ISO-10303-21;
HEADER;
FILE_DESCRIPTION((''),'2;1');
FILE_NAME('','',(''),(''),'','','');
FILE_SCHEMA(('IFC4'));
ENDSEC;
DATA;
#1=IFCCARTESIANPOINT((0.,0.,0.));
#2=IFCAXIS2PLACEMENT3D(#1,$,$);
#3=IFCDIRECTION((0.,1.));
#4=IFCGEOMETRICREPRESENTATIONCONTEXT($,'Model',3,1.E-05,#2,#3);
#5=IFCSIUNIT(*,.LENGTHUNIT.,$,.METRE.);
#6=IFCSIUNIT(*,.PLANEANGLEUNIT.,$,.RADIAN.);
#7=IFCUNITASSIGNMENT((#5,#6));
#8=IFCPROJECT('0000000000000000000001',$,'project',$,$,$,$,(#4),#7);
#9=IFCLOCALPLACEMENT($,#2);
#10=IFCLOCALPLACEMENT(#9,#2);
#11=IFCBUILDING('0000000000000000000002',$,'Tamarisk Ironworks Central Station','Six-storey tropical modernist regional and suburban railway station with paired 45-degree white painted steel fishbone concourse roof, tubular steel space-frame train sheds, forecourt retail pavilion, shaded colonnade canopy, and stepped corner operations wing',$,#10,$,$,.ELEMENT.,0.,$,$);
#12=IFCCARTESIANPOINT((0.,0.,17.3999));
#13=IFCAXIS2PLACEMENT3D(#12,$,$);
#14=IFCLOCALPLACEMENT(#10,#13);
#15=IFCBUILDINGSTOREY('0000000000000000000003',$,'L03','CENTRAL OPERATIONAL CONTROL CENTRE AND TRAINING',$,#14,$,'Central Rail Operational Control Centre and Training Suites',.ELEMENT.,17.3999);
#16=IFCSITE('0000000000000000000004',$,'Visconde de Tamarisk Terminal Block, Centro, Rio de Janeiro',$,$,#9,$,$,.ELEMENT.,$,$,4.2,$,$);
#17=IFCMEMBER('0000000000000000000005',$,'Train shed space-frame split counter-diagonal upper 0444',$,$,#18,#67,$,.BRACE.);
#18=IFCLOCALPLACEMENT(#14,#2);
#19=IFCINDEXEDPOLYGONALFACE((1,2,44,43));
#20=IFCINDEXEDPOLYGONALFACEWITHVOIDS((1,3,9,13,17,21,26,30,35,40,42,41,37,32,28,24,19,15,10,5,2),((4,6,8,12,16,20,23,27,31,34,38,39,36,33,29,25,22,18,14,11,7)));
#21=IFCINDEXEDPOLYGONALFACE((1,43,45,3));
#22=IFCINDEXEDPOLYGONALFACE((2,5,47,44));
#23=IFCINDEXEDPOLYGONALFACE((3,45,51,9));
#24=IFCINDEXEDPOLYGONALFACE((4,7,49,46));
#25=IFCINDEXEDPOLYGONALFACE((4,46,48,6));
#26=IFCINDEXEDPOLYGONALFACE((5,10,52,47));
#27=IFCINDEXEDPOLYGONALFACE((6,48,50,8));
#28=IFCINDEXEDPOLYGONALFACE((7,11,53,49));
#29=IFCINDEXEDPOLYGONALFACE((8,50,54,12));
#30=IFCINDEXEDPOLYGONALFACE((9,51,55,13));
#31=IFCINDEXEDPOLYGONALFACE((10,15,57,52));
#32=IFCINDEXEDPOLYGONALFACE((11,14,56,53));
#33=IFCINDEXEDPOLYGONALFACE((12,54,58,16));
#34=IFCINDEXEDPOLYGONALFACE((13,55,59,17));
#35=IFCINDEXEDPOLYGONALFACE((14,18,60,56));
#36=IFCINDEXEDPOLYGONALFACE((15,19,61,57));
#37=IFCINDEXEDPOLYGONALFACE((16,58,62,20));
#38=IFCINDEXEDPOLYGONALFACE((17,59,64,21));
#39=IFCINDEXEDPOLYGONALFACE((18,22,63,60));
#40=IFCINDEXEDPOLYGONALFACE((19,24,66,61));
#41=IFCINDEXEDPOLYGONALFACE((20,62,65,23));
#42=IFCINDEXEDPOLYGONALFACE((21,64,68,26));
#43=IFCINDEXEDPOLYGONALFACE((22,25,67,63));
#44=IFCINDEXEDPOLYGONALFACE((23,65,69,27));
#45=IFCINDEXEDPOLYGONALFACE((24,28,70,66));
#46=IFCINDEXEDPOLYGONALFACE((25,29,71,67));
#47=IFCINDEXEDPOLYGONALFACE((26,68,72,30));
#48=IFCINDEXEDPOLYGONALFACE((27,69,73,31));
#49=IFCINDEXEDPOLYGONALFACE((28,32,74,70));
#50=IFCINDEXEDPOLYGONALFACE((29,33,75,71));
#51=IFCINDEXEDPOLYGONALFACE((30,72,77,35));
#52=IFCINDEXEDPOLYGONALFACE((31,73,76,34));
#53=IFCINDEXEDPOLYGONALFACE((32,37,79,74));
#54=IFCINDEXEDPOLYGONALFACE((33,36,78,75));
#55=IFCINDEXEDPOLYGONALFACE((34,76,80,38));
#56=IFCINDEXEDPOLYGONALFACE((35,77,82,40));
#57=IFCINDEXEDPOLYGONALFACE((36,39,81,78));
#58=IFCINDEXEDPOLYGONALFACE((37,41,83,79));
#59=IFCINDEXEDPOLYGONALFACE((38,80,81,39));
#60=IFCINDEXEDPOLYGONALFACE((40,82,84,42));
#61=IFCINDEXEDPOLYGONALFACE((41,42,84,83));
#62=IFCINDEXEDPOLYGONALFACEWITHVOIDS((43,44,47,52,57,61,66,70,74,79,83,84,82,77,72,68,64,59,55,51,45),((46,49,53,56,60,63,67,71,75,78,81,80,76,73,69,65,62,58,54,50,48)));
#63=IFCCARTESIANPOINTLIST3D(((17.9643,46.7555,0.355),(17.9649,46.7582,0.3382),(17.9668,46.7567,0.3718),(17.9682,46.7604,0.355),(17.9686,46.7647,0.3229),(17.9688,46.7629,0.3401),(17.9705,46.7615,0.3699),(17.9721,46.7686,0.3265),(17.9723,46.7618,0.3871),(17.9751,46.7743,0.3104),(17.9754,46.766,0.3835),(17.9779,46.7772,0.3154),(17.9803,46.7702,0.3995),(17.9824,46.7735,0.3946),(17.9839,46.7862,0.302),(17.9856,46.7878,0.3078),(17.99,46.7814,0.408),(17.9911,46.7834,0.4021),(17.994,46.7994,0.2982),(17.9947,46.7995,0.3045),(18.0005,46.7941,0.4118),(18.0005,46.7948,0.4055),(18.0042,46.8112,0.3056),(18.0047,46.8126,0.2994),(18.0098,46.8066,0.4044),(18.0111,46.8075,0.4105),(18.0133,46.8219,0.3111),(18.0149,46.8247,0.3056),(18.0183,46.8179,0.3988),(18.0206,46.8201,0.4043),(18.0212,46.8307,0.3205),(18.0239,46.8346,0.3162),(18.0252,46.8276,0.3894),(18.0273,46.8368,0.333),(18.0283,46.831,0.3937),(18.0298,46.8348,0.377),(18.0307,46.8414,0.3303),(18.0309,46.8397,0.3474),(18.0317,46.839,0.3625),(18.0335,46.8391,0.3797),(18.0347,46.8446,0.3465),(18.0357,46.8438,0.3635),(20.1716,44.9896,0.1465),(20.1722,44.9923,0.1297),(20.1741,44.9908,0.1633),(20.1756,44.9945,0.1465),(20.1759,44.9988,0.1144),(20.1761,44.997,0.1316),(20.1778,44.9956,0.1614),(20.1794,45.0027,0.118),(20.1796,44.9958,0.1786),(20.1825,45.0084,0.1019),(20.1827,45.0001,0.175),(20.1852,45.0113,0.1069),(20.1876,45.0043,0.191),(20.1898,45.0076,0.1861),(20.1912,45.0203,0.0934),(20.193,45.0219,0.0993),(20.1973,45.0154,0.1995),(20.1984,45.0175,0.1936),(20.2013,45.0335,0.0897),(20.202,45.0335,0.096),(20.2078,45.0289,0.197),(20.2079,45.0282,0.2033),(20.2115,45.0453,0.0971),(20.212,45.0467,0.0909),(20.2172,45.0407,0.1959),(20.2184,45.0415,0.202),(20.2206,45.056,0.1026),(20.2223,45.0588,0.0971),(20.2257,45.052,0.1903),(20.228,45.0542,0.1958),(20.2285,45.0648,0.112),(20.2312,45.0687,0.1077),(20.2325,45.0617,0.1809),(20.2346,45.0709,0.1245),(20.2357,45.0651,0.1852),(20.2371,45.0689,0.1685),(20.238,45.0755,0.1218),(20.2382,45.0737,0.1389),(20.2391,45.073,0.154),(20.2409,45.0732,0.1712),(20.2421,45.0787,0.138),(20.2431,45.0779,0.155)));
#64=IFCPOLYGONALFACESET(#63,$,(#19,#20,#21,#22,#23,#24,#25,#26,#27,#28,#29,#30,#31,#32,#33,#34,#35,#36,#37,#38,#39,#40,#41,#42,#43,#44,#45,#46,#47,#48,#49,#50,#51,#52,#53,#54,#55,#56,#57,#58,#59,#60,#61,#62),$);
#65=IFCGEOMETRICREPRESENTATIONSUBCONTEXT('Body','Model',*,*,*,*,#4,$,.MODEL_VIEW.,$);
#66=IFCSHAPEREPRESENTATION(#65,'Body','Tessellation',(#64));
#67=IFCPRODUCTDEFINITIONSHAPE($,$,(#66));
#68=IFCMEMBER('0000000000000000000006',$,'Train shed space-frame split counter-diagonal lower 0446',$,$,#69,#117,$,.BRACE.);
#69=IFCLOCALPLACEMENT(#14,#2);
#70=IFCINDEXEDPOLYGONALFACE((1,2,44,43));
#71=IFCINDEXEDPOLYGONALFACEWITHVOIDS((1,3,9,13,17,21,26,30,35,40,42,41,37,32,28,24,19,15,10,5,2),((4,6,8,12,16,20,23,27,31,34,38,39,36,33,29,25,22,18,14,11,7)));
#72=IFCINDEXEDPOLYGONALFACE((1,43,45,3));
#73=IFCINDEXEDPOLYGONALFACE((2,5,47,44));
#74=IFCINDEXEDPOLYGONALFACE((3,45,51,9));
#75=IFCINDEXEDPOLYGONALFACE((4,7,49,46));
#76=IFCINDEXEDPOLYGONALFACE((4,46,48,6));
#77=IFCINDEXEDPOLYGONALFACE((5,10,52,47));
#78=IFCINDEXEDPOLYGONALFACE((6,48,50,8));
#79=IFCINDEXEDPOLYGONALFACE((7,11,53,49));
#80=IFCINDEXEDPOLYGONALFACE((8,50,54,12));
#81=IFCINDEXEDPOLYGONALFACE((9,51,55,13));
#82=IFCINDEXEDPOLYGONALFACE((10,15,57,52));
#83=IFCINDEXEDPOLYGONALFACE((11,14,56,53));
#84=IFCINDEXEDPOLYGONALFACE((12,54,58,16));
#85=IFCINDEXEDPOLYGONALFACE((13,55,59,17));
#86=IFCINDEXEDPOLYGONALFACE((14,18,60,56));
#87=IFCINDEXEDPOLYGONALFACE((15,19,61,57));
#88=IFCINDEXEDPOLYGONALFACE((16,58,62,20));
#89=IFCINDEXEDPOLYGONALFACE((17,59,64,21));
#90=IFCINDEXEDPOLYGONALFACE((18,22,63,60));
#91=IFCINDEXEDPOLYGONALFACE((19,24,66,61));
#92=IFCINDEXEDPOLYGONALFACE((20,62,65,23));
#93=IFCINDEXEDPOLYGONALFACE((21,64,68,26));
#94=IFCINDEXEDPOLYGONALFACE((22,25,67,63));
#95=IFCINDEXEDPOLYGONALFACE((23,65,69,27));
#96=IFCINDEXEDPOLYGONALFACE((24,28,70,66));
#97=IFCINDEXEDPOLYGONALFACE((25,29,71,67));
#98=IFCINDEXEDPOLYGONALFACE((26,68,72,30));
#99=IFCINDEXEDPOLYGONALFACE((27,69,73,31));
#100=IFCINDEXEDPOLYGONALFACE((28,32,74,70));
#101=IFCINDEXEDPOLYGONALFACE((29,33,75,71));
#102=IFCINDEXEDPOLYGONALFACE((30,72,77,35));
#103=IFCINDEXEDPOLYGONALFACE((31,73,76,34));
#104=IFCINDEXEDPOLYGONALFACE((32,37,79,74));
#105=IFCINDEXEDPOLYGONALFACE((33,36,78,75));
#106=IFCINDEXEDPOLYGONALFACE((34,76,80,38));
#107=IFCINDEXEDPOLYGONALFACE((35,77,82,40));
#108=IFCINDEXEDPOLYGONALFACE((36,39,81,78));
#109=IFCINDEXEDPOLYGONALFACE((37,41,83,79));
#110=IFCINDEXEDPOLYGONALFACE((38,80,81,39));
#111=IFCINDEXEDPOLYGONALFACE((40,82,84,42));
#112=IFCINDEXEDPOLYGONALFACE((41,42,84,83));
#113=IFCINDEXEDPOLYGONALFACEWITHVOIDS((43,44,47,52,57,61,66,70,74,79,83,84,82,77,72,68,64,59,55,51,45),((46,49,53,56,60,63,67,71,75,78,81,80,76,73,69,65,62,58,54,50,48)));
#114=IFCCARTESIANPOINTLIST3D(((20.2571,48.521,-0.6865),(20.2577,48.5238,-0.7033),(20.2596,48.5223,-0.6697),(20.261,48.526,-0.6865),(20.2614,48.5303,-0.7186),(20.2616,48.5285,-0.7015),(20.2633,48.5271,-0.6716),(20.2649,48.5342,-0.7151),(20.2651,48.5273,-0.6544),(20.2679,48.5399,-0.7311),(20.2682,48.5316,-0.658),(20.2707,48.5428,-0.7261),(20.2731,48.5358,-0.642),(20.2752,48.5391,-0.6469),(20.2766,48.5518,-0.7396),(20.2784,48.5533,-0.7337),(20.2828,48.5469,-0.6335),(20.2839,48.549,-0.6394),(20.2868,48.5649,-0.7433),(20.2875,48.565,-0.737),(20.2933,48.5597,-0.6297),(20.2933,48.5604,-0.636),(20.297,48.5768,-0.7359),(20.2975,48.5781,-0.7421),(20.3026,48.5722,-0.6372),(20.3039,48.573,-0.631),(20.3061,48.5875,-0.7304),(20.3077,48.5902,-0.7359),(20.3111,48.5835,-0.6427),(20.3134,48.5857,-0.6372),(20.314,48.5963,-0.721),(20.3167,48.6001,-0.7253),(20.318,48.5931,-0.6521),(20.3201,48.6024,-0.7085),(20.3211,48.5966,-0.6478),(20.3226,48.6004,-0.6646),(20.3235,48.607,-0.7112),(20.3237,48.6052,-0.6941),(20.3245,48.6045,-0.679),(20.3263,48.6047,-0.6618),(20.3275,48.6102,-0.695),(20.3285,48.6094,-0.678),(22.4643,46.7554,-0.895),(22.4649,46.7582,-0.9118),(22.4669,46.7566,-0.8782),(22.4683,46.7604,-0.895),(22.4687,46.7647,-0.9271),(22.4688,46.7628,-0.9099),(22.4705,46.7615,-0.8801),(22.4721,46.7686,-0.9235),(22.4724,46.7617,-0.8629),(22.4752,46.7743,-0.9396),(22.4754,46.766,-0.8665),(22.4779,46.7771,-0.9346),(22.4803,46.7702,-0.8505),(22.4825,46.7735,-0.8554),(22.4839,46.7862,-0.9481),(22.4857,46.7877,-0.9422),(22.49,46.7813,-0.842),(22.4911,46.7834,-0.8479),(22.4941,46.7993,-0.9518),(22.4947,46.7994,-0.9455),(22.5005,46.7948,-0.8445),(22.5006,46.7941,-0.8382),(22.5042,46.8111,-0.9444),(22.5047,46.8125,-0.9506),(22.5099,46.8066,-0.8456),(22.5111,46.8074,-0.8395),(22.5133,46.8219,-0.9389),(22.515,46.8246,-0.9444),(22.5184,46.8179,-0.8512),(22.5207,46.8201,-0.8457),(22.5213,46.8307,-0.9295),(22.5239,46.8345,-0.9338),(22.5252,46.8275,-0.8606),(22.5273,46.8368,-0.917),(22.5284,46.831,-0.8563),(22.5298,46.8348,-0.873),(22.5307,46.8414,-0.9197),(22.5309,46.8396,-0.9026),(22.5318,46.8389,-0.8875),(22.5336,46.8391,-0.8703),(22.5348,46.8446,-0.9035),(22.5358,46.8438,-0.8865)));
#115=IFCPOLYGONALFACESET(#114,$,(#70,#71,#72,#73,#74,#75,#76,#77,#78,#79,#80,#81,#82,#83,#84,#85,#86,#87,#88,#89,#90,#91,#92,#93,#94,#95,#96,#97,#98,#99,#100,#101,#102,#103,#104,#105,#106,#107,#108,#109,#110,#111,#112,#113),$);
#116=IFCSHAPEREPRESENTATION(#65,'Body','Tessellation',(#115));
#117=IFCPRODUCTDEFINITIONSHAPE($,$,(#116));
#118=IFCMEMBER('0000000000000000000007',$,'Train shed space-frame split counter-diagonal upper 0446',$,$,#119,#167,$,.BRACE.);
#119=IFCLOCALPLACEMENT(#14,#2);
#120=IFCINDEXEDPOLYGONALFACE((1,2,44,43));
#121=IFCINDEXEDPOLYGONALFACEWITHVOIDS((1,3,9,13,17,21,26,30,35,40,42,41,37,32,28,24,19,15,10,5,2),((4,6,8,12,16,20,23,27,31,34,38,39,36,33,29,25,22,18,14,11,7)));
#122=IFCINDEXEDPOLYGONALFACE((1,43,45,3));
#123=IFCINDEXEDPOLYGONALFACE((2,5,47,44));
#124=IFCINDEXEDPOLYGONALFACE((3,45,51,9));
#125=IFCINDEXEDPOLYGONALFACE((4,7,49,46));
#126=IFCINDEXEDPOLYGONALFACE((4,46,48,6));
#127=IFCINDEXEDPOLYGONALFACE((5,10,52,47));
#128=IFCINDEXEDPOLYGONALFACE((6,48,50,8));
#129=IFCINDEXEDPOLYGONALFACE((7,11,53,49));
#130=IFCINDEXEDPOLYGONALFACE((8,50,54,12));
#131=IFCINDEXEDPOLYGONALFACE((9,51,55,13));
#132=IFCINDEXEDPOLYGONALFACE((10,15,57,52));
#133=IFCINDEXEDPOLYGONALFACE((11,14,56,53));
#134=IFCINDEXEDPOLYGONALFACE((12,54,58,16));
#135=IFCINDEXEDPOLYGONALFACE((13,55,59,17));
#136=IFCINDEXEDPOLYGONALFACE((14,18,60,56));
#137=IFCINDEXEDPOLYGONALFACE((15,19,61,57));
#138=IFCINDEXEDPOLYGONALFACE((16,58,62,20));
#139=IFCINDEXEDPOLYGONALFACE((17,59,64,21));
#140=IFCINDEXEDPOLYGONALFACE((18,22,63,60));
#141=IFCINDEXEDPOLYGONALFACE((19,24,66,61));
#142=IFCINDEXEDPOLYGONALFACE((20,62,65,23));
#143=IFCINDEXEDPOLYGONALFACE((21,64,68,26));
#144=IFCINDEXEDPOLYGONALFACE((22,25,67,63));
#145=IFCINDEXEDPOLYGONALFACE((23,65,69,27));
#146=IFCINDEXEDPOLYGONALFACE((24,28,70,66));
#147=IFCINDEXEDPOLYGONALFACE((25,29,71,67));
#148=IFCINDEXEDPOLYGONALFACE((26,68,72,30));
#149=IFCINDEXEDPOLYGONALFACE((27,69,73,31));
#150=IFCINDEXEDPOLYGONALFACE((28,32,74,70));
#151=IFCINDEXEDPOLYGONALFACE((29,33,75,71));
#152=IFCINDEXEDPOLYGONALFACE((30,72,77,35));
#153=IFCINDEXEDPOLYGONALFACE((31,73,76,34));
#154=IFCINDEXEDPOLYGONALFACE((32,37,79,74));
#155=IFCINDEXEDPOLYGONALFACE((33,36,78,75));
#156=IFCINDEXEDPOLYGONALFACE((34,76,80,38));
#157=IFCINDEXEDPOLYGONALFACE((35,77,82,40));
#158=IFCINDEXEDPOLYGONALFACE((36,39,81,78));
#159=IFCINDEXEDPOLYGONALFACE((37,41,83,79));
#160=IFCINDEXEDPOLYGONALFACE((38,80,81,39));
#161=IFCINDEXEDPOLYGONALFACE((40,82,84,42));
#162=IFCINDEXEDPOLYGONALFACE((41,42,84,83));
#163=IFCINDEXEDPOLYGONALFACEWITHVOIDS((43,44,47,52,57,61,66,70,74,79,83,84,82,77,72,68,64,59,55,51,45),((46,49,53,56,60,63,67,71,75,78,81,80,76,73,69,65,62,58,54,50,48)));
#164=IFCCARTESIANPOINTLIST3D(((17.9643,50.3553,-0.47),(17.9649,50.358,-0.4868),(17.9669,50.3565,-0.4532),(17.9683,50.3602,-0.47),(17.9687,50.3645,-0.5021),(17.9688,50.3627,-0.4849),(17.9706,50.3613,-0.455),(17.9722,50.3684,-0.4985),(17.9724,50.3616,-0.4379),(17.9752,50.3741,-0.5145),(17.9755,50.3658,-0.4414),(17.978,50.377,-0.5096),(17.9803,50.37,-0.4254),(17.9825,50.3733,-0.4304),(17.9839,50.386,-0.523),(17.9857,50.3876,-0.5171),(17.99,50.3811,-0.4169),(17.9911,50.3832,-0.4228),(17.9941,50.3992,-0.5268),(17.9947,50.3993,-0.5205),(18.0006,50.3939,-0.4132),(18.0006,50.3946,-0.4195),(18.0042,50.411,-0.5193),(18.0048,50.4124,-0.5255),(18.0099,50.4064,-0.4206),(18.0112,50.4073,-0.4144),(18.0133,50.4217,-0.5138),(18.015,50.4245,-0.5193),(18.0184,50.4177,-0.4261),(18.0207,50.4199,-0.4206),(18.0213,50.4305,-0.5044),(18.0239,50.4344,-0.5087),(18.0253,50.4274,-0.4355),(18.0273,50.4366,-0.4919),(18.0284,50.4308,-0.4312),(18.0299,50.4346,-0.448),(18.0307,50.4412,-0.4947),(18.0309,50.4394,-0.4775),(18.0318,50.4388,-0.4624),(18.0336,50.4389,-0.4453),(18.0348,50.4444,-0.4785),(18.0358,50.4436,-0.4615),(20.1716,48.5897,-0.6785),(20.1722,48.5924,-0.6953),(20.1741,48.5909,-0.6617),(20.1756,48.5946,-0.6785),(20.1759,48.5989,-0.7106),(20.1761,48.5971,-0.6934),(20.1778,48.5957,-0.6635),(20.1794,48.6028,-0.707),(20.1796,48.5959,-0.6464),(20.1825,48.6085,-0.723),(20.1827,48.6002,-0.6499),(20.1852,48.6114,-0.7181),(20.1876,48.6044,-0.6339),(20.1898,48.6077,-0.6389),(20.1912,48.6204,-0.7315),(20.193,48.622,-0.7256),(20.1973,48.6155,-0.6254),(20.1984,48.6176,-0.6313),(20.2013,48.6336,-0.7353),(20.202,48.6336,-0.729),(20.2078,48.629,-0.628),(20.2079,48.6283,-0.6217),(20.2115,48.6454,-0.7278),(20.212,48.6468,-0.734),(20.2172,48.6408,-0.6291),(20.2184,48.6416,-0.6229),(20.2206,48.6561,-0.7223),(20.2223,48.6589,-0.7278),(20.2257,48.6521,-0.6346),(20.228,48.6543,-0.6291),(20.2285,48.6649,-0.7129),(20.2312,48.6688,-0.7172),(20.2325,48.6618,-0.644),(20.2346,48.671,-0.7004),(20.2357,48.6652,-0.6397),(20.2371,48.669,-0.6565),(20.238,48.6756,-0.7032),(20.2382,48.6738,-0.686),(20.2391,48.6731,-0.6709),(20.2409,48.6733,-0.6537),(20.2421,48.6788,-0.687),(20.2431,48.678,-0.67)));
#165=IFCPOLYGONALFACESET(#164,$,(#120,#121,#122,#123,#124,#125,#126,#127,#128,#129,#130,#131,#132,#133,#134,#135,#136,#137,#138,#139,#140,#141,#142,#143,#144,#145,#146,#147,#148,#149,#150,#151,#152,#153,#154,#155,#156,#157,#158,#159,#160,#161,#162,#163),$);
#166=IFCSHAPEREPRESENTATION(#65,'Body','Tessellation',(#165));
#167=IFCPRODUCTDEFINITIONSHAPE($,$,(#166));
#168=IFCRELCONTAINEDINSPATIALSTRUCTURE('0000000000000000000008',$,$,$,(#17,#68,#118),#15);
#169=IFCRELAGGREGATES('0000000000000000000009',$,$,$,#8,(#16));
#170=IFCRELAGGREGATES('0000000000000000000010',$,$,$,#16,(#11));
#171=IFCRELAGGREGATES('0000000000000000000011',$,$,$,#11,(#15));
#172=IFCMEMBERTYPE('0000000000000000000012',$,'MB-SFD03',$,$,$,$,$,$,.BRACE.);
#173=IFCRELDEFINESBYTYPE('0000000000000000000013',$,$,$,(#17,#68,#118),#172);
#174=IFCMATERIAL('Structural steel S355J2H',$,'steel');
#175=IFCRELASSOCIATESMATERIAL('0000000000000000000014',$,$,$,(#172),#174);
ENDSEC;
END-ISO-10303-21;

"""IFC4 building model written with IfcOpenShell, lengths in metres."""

from ifc_helpers import new_model, si_unit, direction, frame, origin, origin_2d, place, context, subcontext, project, spatial, hollow_circle, extrude, material, material_profile, profile_set, type_object, element, save


model = new_model("IFC4")

# Units and contexts
model_context = context("Model", 3, precision=1e-05, world=origin(), true_north=direction((0.0, 1.0)))
body_context = subcontext(model_context, "Body", "Model", "MODEL_VIEW")
ifc_project = project(units=[si_unit("LENGTHUNIT", "METRE"), si_unit("PLANEANGLEUNIT", "RADIAN")], contexts=[model_context])

# Site, building, storey
site_placement = place(None, origin())
site = spatial("IfcSite", under=ifc_project, at=site_placement, Name="Visconde de Tamarisk Terminal Block, Centro, Rio de Janeiro", CompositionType="ELEMENT", RefElevation=4.2)
building_placement = place(site_placement, origin())
building = spatial("IfcBuilding", under=site, at=building_placement, Name="Tamarisk Ironworks Central Station", Description="Six-storey tropical modernist regional and suburban railway station with paired 45-degree white painted steel fishbone concourse roof, tubular steel space-frame train sheds, forecourt retail pavilion, shaded colonnade canopy, and stepped corner operations wing", CompositionType="ELEMENT", ElevationOfRefHeight=0.0)
storey_placement = place(building_placement, frame((0.0, 0.0, 17.3999)))
storey = spatial("IfcBuildingStorey", under=building, at=storey_placement, Name="L03", Description="CENTRAL OPERATIONAL CONTROL CENTRE AND TRAINING", LongName="Central Rail Operational Control Centre and Training Suites", CompositionType="ELEMENT", Elevation=17.3999)

# Members
ifc_material_1 = material(Name="Structural steel S355J2H", Category="steel")
ifc_material_profile_1 = material_profile(ifc_material_1, hollow_circle(Radius=0.0571, WallThickness=0.0063, at=origin_2d()), Name="CHS 114.3x6.3")
ifc_profile_set_1 = profile_set([ifc_material_profile_1], Name="Structural steel S355J2H")
member_type_1 = type_object("IfcMemberType", Name="MB-SFD03", PredefinedType="BRACE", material=ifc_profile_set_1)
for number, where, z_axis, x_axis, name in (
    (1, (20.2073, 45.0342, 0.1465), (-0.778745, 0.623013, 0.073559), (-0.624706, -0.78086, 0.0), "Train shed space-frame split counter-diagonal upper 0444"),
):
    element("IfcMember", number, at=place(storey_placement, frame(where, z_axis=z_axis, x_axis=x_axis)), inside=storey, type_object=member_type_1, Name=name, PredefinedType="BRACE", context=body_context, shape_type="SweptSolid", body=[
        extrude(hollow_circle(Radius=0.0571, WallThickness=0.0063, at=origin_2d()), origin(), (0.0, 0.0, 1.0), 2.8345),
    ])
for number, where, z_axis, x_axis, name in (
    (2, (22.5, 46.8, -0.895), (-0.778787, 0.62296, 0.073563), (-0.624653, -0.780903, 0.0), "Train shed space-frame split counter-diagonal lower 0446"),
    (3, (20.2073, 48.6343, -0.6785), (-0.778787, 0.62296, 0.073563), (-0.624653, -0.780903, 0.0), "Train shed space-frame split counter-diagonal upper 0446"),
):
    element("IfcMember", number, at=place(storey_placement, frame(where, z_axis=z_axis, x_axis=x_axis)), inside=storey, type_object=member_type_1, Name=name, PredefinedType="BRACE", context=body_context, shape_type="SweptSolid", body=[
        extrude(hollow_circle(Radius=0.0571, WallThickness=0.0063, at=origin_2d()), origin(), (0.0, 0.0, 1.0), 2.8342),
    ])

save(model, "model.ifc")
